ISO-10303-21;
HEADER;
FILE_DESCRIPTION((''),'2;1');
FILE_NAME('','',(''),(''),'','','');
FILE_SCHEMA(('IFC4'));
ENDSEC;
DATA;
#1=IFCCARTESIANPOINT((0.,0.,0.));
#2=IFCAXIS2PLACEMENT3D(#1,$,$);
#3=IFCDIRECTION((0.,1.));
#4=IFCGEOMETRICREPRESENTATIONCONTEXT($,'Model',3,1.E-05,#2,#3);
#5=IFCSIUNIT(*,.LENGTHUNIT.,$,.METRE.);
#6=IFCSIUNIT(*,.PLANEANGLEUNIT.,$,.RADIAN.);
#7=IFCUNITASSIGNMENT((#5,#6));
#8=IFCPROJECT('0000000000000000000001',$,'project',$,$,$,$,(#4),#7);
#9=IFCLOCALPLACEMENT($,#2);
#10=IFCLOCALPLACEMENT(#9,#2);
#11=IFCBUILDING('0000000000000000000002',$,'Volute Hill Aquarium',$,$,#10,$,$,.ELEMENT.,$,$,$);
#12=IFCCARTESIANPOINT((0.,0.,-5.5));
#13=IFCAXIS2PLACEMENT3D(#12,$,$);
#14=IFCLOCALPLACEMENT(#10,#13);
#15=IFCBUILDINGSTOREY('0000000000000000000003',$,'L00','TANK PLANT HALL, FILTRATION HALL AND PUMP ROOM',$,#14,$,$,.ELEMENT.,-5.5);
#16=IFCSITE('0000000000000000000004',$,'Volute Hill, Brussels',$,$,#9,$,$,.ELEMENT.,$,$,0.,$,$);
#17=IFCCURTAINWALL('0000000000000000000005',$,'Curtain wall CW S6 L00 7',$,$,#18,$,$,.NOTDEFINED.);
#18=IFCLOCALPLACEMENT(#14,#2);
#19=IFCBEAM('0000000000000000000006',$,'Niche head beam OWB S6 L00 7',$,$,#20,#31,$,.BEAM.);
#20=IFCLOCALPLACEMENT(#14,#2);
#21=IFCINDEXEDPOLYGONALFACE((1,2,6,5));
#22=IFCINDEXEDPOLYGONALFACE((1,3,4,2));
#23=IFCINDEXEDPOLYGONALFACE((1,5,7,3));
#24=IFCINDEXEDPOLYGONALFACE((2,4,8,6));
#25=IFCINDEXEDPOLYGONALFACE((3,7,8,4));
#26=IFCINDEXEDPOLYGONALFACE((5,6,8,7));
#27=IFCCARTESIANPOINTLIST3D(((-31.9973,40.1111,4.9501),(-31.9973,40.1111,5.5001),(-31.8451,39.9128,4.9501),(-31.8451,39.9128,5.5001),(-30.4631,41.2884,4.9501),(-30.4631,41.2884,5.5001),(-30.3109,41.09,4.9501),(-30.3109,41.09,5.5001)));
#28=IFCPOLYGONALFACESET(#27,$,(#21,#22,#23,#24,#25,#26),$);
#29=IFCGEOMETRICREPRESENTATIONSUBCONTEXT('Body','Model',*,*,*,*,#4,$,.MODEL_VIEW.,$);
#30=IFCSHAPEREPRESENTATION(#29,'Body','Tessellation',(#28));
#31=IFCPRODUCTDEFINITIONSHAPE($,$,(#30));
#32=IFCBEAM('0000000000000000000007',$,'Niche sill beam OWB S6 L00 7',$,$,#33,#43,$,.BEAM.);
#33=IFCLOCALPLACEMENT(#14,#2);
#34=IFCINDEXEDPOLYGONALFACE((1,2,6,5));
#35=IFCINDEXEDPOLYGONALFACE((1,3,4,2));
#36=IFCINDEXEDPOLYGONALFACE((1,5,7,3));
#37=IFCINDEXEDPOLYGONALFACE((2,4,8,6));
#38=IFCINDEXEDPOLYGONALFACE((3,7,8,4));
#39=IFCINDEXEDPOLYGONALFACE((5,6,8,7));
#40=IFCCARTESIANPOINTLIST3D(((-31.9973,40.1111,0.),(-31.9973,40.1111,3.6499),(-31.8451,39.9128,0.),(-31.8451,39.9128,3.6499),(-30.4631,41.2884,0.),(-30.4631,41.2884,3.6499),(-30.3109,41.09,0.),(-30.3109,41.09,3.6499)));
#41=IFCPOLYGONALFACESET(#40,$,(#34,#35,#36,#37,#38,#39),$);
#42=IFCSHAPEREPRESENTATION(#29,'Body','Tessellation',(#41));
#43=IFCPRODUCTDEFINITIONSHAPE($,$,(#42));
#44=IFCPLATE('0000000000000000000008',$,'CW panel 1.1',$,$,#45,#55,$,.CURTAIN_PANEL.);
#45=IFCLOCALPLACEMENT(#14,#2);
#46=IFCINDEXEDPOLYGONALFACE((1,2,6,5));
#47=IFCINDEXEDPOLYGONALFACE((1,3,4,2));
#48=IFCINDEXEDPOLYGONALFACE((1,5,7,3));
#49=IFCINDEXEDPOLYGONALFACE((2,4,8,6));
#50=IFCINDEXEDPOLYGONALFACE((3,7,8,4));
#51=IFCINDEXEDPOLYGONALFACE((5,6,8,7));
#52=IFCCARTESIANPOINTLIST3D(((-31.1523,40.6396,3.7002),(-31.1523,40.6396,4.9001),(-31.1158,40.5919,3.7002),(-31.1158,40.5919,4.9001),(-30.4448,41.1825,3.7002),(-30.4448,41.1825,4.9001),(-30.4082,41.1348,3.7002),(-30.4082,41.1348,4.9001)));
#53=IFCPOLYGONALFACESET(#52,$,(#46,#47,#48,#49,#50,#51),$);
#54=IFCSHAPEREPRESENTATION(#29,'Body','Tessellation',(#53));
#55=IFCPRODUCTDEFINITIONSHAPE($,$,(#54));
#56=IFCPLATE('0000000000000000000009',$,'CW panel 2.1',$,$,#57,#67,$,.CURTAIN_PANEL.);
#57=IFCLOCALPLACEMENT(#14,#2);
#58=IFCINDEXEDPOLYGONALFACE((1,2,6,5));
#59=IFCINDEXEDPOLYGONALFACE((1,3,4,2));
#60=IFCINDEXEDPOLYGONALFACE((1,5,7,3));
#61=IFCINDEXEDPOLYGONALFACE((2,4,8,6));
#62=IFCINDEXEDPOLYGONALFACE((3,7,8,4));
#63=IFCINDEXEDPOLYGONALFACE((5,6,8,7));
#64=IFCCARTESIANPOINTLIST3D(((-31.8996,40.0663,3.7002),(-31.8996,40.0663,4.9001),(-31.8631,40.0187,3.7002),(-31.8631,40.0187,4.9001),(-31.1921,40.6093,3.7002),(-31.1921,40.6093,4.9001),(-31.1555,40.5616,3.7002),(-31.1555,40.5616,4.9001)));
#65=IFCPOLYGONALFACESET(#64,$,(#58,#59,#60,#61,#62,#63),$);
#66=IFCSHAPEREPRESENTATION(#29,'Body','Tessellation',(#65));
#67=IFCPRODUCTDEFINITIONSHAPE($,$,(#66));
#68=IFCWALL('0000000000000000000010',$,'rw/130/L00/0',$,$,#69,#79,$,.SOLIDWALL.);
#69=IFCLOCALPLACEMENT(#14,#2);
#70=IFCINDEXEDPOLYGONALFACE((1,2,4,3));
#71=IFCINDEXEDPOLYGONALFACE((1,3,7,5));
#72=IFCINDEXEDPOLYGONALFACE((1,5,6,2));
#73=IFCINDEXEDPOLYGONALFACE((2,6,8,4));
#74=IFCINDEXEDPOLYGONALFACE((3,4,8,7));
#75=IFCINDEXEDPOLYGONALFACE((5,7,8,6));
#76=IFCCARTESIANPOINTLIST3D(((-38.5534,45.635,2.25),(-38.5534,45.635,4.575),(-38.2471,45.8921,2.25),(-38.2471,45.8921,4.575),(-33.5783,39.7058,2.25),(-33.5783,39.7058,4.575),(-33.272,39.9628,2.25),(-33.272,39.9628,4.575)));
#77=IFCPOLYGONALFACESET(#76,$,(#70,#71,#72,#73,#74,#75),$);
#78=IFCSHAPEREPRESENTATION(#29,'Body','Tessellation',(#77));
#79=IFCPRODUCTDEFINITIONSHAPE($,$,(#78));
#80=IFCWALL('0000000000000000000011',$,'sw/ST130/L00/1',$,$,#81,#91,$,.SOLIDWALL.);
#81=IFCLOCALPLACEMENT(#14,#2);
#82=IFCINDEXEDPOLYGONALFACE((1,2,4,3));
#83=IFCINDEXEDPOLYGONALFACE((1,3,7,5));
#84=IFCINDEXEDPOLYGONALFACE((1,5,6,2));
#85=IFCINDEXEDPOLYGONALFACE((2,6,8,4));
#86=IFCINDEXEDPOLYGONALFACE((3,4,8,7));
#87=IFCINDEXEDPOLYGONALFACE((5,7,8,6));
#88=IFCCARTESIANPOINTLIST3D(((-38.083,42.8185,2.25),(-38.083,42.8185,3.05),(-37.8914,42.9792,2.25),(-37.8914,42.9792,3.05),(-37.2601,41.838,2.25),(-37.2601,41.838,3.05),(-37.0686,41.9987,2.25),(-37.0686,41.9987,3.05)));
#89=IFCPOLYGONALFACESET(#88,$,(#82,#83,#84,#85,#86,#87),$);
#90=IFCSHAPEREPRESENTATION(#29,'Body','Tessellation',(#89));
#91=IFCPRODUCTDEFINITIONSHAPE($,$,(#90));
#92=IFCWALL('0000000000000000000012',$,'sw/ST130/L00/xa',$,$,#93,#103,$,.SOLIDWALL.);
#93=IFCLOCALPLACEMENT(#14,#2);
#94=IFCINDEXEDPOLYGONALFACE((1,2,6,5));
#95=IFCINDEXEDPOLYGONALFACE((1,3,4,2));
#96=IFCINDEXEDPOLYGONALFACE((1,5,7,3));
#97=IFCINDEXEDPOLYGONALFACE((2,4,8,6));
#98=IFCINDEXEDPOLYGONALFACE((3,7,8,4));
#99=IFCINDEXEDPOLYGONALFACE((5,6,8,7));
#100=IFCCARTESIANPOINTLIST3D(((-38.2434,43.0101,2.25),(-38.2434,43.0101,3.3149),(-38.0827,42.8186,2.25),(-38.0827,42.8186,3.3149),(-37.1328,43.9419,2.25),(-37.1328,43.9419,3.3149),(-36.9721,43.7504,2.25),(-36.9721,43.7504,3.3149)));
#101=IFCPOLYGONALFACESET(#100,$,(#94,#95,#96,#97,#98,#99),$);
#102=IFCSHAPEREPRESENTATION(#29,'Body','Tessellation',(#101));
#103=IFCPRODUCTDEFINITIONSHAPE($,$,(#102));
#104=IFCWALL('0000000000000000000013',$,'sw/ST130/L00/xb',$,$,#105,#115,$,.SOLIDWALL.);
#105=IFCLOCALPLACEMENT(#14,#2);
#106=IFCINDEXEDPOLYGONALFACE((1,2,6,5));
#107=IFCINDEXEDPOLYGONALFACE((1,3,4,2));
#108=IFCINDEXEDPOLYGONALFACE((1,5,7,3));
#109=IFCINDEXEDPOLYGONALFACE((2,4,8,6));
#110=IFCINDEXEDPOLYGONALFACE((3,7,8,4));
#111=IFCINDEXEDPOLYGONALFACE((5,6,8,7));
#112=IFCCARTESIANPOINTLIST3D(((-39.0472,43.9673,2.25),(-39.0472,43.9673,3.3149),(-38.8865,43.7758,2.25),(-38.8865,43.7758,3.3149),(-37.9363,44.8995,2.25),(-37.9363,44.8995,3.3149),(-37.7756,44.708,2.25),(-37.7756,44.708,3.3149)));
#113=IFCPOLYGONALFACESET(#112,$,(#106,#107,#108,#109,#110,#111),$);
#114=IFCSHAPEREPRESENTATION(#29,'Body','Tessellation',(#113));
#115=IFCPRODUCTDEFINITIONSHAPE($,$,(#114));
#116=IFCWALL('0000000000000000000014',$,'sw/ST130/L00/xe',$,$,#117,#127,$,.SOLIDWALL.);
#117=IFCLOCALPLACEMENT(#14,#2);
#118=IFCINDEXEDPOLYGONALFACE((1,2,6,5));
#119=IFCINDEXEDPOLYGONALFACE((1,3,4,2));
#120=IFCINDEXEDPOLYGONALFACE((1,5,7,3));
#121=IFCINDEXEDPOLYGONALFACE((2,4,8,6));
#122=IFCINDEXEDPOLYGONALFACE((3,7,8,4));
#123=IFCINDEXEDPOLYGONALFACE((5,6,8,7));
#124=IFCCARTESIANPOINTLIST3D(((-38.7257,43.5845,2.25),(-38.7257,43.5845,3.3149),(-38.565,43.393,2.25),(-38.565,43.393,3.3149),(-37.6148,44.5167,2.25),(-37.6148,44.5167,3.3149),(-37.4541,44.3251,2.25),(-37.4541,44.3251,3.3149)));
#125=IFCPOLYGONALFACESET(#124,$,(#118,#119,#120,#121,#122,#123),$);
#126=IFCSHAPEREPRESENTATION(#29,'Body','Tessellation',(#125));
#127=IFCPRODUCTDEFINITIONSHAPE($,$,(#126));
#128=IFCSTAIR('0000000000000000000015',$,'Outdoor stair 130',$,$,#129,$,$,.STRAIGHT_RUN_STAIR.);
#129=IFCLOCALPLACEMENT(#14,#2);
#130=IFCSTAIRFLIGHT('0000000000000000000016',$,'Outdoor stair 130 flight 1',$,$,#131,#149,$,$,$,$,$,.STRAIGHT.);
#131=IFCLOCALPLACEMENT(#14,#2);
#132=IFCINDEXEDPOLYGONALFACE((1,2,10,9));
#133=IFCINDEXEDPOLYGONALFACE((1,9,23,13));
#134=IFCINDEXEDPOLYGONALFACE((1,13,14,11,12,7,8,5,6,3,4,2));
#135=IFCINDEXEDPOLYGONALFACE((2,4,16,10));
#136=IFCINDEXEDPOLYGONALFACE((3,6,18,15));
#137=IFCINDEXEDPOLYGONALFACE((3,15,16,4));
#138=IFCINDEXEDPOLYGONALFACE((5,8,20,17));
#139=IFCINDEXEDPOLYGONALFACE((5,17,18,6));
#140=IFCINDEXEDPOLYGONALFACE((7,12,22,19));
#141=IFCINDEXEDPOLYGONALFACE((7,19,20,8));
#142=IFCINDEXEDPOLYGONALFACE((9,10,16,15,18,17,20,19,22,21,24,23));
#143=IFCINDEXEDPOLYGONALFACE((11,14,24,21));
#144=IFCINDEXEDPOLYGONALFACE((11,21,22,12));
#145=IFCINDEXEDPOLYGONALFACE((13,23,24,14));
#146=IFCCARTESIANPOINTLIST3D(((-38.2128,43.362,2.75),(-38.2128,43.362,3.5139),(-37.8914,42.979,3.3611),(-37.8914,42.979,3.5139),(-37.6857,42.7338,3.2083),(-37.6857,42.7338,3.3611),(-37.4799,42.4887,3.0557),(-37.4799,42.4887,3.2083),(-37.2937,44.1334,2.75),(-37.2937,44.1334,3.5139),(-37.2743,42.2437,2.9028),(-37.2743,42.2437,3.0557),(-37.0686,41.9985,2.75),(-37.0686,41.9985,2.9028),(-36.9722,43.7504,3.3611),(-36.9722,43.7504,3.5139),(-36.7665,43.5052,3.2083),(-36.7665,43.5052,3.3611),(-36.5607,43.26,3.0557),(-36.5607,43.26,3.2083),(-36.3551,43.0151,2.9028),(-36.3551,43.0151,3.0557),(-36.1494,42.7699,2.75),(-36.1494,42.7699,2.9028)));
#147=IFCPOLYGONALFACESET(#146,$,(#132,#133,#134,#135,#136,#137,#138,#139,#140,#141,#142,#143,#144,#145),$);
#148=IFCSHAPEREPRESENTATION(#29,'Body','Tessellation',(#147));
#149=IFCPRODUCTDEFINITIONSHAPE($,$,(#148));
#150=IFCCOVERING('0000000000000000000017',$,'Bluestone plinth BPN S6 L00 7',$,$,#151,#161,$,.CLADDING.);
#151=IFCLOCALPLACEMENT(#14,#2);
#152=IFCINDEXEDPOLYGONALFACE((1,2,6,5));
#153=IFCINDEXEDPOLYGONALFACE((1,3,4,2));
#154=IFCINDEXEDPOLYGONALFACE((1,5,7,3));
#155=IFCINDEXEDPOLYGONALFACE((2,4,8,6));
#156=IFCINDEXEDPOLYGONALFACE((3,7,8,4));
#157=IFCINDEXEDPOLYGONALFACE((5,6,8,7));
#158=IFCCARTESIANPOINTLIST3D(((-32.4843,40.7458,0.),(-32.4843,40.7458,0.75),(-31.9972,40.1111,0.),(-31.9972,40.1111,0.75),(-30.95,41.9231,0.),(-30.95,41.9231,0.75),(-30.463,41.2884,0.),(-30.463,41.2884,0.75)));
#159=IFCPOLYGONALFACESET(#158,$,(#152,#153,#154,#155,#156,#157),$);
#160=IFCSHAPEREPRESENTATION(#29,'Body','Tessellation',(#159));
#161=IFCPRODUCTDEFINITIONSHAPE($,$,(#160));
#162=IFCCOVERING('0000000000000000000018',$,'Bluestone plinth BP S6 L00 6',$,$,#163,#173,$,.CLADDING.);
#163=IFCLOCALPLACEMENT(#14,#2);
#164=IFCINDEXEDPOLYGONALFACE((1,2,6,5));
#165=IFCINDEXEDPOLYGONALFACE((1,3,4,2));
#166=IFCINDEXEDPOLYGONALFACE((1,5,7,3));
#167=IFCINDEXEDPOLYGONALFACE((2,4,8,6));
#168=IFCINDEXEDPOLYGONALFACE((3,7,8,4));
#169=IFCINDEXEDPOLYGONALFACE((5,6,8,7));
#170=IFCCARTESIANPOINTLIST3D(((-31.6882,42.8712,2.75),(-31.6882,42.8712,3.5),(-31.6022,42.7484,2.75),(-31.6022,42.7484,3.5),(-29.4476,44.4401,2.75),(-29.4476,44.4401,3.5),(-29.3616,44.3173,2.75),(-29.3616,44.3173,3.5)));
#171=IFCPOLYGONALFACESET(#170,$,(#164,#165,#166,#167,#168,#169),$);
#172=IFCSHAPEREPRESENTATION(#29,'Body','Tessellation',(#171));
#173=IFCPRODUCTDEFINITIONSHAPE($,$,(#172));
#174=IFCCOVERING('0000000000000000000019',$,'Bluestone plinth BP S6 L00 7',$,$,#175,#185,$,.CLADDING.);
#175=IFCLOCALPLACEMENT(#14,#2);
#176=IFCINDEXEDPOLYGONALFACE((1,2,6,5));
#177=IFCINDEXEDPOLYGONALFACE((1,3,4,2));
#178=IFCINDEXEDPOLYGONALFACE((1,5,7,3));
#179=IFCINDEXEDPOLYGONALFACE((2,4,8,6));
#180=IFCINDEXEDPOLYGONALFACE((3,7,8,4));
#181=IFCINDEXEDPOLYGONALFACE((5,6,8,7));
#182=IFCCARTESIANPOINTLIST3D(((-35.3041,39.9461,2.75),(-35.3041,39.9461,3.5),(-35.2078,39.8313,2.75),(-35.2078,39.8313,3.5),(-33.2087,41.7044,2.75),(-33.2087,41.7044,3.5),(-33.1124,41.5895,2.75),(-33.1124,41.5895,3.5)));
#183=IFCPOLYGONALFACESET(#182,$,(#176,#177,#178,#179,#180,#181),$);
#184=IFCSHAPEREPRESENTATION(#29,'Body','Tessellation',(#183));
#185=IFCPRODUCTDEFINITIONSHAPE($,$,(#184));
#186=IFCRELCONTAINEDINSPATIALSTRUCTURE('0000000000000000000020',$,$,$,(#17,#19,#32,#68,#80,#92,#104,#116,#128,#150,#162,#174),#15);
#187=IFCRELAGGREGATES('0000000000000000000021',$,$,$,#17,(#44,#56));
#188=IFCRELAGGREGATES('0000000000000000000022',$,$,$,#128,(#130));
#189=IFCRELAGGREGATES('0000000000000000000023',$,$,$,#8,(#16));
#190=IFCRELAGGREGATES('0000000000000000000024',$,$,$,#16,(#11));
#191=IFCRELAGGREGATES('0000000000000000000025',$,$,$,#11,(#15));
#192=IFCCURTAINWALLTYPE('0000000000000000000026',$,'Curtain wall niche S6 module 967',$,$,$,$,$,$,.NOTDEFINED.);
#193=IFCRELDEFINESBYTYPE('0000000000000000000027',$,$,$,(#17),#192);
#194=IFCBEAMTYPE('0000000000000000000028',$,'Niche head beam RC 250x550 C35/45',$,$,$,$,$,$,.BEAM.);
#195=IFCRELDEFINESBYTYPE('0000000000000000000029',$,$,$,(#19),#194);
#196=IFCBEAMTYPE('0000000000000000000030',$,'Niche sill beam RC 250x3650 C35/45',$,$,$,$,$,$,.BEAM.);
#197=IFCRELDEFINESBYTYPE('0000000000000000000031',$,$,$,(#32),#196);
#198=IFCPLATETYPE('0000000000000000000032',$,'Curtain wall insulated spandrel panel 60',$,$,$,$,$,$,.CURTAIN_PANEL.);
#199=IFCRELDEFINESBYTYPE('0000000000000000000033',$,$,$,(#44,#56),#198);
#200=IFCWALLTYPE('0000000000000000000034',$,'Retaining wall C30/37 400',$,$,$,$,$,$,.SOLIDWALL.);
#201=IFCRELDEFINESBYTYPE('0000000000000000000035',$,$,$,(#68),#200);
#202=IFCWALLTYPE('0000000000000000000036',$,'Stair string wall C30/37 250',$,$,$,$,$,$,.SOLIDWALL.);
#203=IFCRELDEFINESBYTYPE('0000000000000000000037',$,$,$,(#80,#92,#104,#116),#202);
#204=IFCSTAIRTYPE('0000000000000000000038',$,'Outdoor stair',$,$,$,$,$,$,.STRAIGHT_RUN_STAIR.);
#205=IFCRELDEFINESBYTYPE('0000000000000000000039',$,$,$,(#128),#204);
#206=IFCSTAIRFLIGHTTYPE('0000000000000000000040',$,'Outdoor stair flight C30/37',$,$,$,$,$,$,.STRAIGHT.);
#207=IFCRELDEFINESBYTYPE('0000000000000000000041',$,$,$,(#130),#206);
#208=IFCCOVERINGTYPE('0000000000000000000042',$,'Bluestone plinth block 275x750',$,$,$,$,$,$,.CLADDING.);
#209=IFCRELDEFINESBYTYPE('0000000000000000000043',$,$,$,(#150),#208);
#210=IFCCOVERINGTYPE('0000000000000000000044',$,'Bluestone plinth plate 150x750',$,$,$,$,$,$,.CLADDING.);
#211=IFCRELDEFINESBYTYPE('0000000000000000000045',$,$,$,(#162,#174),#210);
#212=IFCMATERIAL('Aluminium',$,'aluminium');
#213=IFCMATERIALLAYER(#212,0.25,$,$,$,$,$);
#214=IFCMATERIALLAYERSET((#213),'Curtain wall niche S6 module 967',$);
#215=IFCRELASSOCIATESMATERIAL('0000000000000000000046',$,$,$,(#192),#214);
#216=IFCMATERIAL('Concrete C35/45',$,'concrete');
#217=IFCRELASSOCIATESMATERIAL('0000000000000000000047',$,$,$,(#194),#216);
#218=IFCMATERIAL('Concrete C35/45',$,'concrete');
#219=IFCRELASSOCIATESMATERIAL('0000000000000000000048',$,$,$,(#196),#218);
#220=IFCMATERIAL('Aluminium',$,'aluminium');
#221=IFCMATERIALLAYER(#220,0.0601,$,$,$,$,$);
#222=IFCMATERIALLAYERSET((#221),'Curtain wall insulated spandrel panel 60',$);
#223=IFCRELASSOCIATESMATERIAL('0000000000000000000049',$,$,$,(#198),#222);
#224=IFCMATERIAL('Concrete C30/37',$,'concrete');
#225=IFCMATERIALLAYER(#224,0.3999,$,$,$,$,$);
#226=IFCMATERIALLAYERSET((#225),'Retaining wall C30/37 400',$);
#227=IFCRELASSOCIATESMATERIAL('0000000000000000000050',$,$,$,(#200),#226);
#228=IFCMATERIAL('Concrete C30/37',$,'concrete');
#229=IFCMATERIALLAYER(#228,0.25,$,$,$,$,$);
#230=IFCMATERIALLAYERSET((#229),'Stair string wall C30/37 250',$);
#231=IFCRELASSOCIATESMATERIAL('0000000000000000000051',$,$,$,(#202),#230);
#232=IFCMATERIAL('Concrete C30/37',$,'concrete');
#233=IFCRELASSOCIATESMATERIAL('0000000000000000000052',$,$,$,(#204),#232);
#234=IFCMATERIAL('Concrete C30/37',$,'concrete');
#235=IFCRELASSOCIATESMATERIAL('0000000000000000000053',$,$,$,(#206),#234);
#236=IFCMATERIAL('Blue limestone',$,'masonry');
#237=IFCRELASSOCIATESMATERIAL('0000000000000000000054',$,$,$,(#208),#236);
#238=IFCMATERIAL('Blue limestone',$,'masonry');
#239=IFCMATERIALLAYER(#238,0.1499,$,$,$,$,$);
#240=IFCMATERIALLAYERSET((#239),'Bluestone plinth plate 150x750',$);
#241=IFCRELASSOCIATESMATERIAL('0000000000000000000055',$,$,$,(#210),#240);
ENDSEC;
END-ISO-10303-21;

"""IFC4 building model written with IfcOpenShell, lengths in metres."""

from ifc_helpers import new_model, si_unit, direction, frame, frame_2d, origin, origin_2d, place, context, subcontext, project, spatial, polyline, rectangle, outline, extrude, material, layer, layer_set, material_profile, profile_set, type_object, element, aggregate, save


model = new_model("IFC4")

# Units and contexts
model_context = context("Model", 3, precision=1e-05, world=origin(), true_north=direction((0.0, 1.0)))
body_context = subcontext(model_context, "Body", "Model", "MODEL_VIEW")
ifc_project = project(units=[si_unit("LENGTHUNIT", "METRE"), si_unit("PLANEANGLEUNIT", "RADIAN")], contexts=[model_context])

# Site, building, storey
site_placement = place(None, origin())
site = spatial("IfcSite", under=ifc_project, at=site_placement, Name="Volute Hill, Brussels", CompositionType="ELEMENT", RefElevation=0.0)
building_placement = place(site_placement, origin())
building = spatial("IfcBuilding", under=site, at=building_placement, Name="Volute Hill Aquarium", CompositionType="ELEMENT")
storey_placement = place(building_placement, frame((0.0, 0.0, -5.5)))
storey = spatial("IfcBuildingStorey", under=building, at=storey_placement, Name="L00", Description="TANK PLANT HALL, FILTRATION HALL AND PUMP ROOM", CompositionType="ELEMENT", Elevation=-5.5)

# Curtain wall
ifc_material_1 = material(Name="Aluminium", Category="aluminium")
ifc_layer_1 = layer(ifc_material_1, 0.25)
ifc_layer_set_1 = layer_set([ifc_layer_1], Name="Curtain wall niche S6 module 967")
curtain_wall_type = type_object("IfcCurtainWallType", Name="Curtain wall niche S6 module 967", PredefinedType="NOTDEFINED", material=ifc_layer_set_1)
curtain_wall_placement = place(storey_placement, origin())
curtain_wall = element("IfcCurtainWall", 1, at=curtain_wall_placement, inside=storey, type_object=curtain_wall_type, Name="Curtain wall CW S6 L00 7", PredefinedType="NOTDEFINED")

# Beams
ifc_material_2 = material(Name="Concrete C35/45", Category="concrete")
ifc_material_profile_1 = material_profile(ifc_material_2, rectangle(XDim=0.25, YDim=0.55, at=origin_2d()), Name="RC beam 250x550")
ifc_profile_set_1 = profile_set([ifc_material_profile_1], Name="Concrete C35/45")
beam_type_1 = type_object("IfcBeamType", Name="Niche head beam RC 250x550 C35/45", PredefinedType="BEAM", material=ifc_profile_set_1)
beam_1_placement = place(storey_placement, frame((-30.387, 41.1892, 5.2251), z_axis=(-0.793346, -0.608771, 0.0), x_axis=(0.608771, -0.793346, 0.0)))
element("IfcBeam", 2, at=beam_1_placement, inside=storey, type_object=beam_type_1, Name="Niche head beam OWB S6 L00 7", PredefinedType="BEAM", context=body_context, shape_type="SweptSolid", body=[
    extrude(rectangle(XDim=0.25, YDim=0.55, at=origin_2d()), origin(), (0.0, 0.0, 1.0), 1.9338),
])
ifc_material_3 = material(Name="Concrete C35/45", Category="concrete")
ifc_material_profile_2 = material_profile(ifc_material_3, rectangle(XDim=0.25, YDim=3.6499, at=origin_2d()), Name="RC beam 250x3650")
ifc_profile_set_2 = profile_set([ifc_material_profile_2], Name="Concrete C35/45")
beam_type_2 = type_object("IfcBeamType", Name="Niche sill beam RC 250x3650 C35/45", PredefinedType="BEAM", material=ifc_profile_set_2)
beam_2_placement = place(storey_placement, frame((-30.387, 41.1892, 1.825), z_axis=(-0.793346, -0.608771, 0.0), x_axis=(0.608771, -0.793346, 0.0)))
element("IfcBeam", 3, at=beam_2_placement, inside=storey, type_object=beam_type_2, Name="Niche sill beam OWB S6 L00 7", PredefinedType="BEAM", context=body_context, shape_type="SweptSolid", body=[
    extrude(rectangle(XDim=0.25, YDim=3.6499, at=origin_2d()), origin(), (0.0, 0.0, 1.0), 1.9338),
])

# Plates
ifc_material_4 = material(Name="Aluminium", Category="aluminium")
ifc_layer_2 = layer(ifc_material_4, 0.0601)
ifc_layer_set_2 = layer_set([ifc_layer_2], Name="Curtain wall insulated spandrel panel 60")
plate_type = type_object("IfcPlateType", Name="Curtain wall insulated spandrel panel 60", PredefinedType="CURTAIN_PANEL", material=ifc_layer_set_2)
plate_1_placement = place(storey_placement, frame((-30.7803, 40.8872, 3.7002), z_axis=(0.0, 0.0, 1.0), x_axis=(-0.793348, -0.608769, 0.0)))
plate_1 = element("IfcPlate", 4, at=plate_1_placement, type_object=plate_type, Name="CW panel 1.1", PredefinedType="CURTAIN_PANEL", context=body_context, shape_type="SweptSolid", body=[
    extrude(rectangle(XDim=0.8918, YDim=0.0601, at=origin_2d()), origin(), (0.0, 0.0, 1.0), 1.2),
])
plate_2_placement = place(storey_placement, frame((-31.5276, 40.314, 3.7002), z_axis=(0.0, 0.0, 1.0), x_axis=(-0.793348, -0.608769, 0.0)))
plate_2 = element("IfcPlate", 5, at=plate_2_placement, type_object=plate_type, Name="CW panel 2.1", PredefinedType="CURTAIN_PANEL", context=body_context, shape_type="SweptSolid", body=[
    extrude(rectangle(XDim=0.8918, YDim=0.0601, at=origin_2d()), origin(), (0.0, 0.0, 1.0), 1.2),
])
aggregate(curtain_wall, [plate_1, plate_2])

# Walls
ifc_material_5 = material(Name="Concrete C30/37", Category="concrete")
ifc_layer_3 = layer(ifc_material_5, 0.3999)
ifc_layer_set_3 = layer_set([ifc_layer_3], Name="Retaining wall C30/37 400")
wall_type_1 = type_object("IfcWallType", Name="Retaining wall C30/37 400", PredefinedType="SOLIDWALL", material=ifc_layer_set_3)
wall_1_placement = place(storey_placement, frame((-33.425, 39.8342, 2.25), z_axis=(0.0, 0.0, 1.0), x_axis=(-0.642781, 0.76605, 0.0)))
element("IfcWall", 6, at=wall_1_placement, inside=storey, type_object=wall_type_1, Name="rw/130/L00/0", PredefinedType="SOLIDWALL", context=body_context, shape_type="SweptSolid", body=[
    extrude(rectangle(XDim=7.74, YDim=0.3999, at=frame_2d((3.8701, 0.0))), origin(), (0.0, 0.0, 1.0), 2.325),
])
ifc_material_6 = material(Name="Concrete C30/37", Category="concrete")
ifc_layer_4 = layer(ifc_material_6, 0.25)
ifc_layer_set_4 = layer_set([ifc_layer_4], Name="Stair string wall C30/37 250")
wall_type_2 = type_object("IfcWallType", Name="Stair string wall C30/37 250", PredefinedType="SOLIDWALL", material=ifc_layer_set_4)
wall_2_placement = place(storey_placement, frame((-37.1643, 41.9182, 2.25), z_axis=(0.0, 0.0, 1.0), x_axis=(-0.642807, 0.766028, 0.0)))
element("IfcWall", 7, at=wall_2_placement, inside=storey, type_object=wall_type_2, Name="sw/ST130/L00/1", PredefinedType="SOLIDWALL", context=body_context, shape_type="SweptSolid", body=[
    extrude(rectangle(XDim=1.28, YDim=0.25, at=frame_2d((0.6401, 0.0))), origin(), (0.0, 0.0, 1.0), 0.8),
])
wall_3_placement = place(storey_placement, frame((-37.0525, 43.8462, 2.25), z_axis=(0.0, 0.0, 1.0), x_axis=(-0.76605, -0.642781, 0.0)))
element("IfcWall", 8, at=wall_3_placement, inside=storey, type_object=wall_type_2, Name="sw/ST130/L00/xa", PredefinedType="SOLIDWALL", context=body_context, shape_type="SweptSolid", body=[
    extrude(rectangle(XDim=1.4497, YDim=0.25, at=frame_2d((0.7249, 0.0))), origin(), (0.0, 0.0, 1.0), 1.0649),
])
for number, where, z_axis, x_axis, name in (
    (9, (-37.856, 44.8037, 2.25), (0.0, 0.0, 1.0), (-0.766036, -0.642797, 0.0), "sw/ST130/L00/xb"),
    (10, (-37.5344, 44.4209, 2.25), (0.0, 0.0, 1.0), (-0.766036, -0.642797, 0.0), "sw/ST130/L00/xe"),
):
    element("IfcWall", number, at=place(storey_placement, frame(where, z_axis=z_axis, x_axis=x_axis)), inside=storey, type_object=wall_type_2, Name=name, PredefinedType="SOLIDWALL", context=body_context, shape_type="SweptSolid", body=[
        extrude(rectangle(XDim=1.4502, YDim=0.25, at=frame_2d((0.7251, 0.0))), origin(), (0.0, 0.0, 1.0), 1.0649),
    ])

# Stair, stair flight
ifc_material_7 = material(Name="Concrete C30/37", Category="concrete")
stair_type = type_object("IfcStairType", Name="Outdoor stair", PredefinedType="STRAIGHT_RUN_STAIR", material=ifc_material_7)
stair_placement = place(storey_placement, origin())
stair = element("IfcStair", 11, at=stair_placement, inside=storey, type_object=stair_type, Name="Outdoor stair 130", PredefinedType="STRAIGHT_RUN_STAIR")
ifc_material_8 = material(Name="Concrete C30/37", Category="concrete")
stair_flight_type = type_object("IfcStairFlightType", Name="Outdoor stair flight C30/37", PredefinedType="STRAIGHT", material=ifc_material_8)
stair_flight_placement = place(storey_placement, frame((-36.6089, 42.3843, 2.75), z_axis=(0.0, 0.0, 1.0), x_axis=(-0.642838, 0.766002, 0.0)))
stair_flight = element("IfcStairFlight", 12, at=stair_flight_placement, type_object=stair_flight_type, Name="Outdoor stair 130 flight 1", PredefinedType="STRAIGHT", context=body_context, shape_type="SweptSolid", body=[
    extrude(outline(polyline([(0.0, 0.0), (1.78, 0.0), (1.78, 0.7639), (1.28, 0.7639), (1.28, 0.6111), (0.96, 0.6111), (0.96, 0.4583), (0.6399, 0.4583), (0.6399, 0.3057), (0.3201, 0.3057), (0.3201, 0.1528), (0.0, 0.1528), (0.0, 0.0), (0.0, 0.0)])), frame((0.0, 0.6001, 0.0), z_axis=(0.0, -1.0, 0.0), x_axis=(1.0, 0.0, 0.0)), (0.0, 0.0, 1.0), 1.2),
])
aggregate(stair, [stair_flight])

# Coverings
ifc_material_9 = material(Name="Blue limestone", Category="masonry")
covering_type_1 = type_object("IfcCoveringType", Name="Bluestone plinth block 275x750", PredefinedType="CLADDING", material=ifc_material_9)
covering_1_placement = place(storey_placement, frame((-31.4736, 41.0171, 0.0), z_axis=(0.0, 0.0, 1.0), x_axis=(-0.79335, -0.608766, 0.0)))
element("IfcCovering", 13, at=covering_1_placement, inside=storey, type_object=covering_type_1, Name="Bluestone plinth BPN S6 L00 7", PredefinedType="CLADDING", context=body_context, shape_type="SweptSolid", body=[
    extrude(rectangle(XDim=1.9338, YDim=0.8, at=origin_2d()), origin(), (0.0, 0.0, 1.0), 0.75),
])
ifc_material_10 = material(Name="Blue limestone", Category="masonry")
ifc_layer_5 = layer(ifc_material_10, 0.1499)
ifc_layer_set_5 = layer_set([ifc_layer_5], Name="Bluestone plinth plate 150x750")
covering_type_2 = type_object("IfcCoveringType", Name="Bluestone plinth plate 150x750", PredefinedType="CLADDING", material=ifc_layer_set_5)
for number, where, z_axis, x_axis, name in (
    (14, (-30.5249, 43.5942, 2.75), (0.0, 0.0, 1.0), (-0.819152, -0.573576, 0.0), "Bluestone plinth BP S6 L00 6"),
    (15, (-34.2083, 40.7678, 2.75), (0.0, 0.0, 1.0), (-0.766044, -0.642788, 0.0), "Bluestone plinth BP S6 L00 7"),
):
    element("IfcCovering", number, at=place(storey_placement, frame(where, z_axis=z_axis, x_axis=x_axis)), inside=storey, type_object=covering_type_2, Name=name, PredefinedType="CLADDING", context=body_context, shape_type="SweptSolid", body=[
        extrude(rectangle(XDim=2.7354, YDim=0.1499, at=origin_2d()), origin(), (0.0, 0.0, 1.0), 0.75),
    ])

save(model, "model.ifc")
